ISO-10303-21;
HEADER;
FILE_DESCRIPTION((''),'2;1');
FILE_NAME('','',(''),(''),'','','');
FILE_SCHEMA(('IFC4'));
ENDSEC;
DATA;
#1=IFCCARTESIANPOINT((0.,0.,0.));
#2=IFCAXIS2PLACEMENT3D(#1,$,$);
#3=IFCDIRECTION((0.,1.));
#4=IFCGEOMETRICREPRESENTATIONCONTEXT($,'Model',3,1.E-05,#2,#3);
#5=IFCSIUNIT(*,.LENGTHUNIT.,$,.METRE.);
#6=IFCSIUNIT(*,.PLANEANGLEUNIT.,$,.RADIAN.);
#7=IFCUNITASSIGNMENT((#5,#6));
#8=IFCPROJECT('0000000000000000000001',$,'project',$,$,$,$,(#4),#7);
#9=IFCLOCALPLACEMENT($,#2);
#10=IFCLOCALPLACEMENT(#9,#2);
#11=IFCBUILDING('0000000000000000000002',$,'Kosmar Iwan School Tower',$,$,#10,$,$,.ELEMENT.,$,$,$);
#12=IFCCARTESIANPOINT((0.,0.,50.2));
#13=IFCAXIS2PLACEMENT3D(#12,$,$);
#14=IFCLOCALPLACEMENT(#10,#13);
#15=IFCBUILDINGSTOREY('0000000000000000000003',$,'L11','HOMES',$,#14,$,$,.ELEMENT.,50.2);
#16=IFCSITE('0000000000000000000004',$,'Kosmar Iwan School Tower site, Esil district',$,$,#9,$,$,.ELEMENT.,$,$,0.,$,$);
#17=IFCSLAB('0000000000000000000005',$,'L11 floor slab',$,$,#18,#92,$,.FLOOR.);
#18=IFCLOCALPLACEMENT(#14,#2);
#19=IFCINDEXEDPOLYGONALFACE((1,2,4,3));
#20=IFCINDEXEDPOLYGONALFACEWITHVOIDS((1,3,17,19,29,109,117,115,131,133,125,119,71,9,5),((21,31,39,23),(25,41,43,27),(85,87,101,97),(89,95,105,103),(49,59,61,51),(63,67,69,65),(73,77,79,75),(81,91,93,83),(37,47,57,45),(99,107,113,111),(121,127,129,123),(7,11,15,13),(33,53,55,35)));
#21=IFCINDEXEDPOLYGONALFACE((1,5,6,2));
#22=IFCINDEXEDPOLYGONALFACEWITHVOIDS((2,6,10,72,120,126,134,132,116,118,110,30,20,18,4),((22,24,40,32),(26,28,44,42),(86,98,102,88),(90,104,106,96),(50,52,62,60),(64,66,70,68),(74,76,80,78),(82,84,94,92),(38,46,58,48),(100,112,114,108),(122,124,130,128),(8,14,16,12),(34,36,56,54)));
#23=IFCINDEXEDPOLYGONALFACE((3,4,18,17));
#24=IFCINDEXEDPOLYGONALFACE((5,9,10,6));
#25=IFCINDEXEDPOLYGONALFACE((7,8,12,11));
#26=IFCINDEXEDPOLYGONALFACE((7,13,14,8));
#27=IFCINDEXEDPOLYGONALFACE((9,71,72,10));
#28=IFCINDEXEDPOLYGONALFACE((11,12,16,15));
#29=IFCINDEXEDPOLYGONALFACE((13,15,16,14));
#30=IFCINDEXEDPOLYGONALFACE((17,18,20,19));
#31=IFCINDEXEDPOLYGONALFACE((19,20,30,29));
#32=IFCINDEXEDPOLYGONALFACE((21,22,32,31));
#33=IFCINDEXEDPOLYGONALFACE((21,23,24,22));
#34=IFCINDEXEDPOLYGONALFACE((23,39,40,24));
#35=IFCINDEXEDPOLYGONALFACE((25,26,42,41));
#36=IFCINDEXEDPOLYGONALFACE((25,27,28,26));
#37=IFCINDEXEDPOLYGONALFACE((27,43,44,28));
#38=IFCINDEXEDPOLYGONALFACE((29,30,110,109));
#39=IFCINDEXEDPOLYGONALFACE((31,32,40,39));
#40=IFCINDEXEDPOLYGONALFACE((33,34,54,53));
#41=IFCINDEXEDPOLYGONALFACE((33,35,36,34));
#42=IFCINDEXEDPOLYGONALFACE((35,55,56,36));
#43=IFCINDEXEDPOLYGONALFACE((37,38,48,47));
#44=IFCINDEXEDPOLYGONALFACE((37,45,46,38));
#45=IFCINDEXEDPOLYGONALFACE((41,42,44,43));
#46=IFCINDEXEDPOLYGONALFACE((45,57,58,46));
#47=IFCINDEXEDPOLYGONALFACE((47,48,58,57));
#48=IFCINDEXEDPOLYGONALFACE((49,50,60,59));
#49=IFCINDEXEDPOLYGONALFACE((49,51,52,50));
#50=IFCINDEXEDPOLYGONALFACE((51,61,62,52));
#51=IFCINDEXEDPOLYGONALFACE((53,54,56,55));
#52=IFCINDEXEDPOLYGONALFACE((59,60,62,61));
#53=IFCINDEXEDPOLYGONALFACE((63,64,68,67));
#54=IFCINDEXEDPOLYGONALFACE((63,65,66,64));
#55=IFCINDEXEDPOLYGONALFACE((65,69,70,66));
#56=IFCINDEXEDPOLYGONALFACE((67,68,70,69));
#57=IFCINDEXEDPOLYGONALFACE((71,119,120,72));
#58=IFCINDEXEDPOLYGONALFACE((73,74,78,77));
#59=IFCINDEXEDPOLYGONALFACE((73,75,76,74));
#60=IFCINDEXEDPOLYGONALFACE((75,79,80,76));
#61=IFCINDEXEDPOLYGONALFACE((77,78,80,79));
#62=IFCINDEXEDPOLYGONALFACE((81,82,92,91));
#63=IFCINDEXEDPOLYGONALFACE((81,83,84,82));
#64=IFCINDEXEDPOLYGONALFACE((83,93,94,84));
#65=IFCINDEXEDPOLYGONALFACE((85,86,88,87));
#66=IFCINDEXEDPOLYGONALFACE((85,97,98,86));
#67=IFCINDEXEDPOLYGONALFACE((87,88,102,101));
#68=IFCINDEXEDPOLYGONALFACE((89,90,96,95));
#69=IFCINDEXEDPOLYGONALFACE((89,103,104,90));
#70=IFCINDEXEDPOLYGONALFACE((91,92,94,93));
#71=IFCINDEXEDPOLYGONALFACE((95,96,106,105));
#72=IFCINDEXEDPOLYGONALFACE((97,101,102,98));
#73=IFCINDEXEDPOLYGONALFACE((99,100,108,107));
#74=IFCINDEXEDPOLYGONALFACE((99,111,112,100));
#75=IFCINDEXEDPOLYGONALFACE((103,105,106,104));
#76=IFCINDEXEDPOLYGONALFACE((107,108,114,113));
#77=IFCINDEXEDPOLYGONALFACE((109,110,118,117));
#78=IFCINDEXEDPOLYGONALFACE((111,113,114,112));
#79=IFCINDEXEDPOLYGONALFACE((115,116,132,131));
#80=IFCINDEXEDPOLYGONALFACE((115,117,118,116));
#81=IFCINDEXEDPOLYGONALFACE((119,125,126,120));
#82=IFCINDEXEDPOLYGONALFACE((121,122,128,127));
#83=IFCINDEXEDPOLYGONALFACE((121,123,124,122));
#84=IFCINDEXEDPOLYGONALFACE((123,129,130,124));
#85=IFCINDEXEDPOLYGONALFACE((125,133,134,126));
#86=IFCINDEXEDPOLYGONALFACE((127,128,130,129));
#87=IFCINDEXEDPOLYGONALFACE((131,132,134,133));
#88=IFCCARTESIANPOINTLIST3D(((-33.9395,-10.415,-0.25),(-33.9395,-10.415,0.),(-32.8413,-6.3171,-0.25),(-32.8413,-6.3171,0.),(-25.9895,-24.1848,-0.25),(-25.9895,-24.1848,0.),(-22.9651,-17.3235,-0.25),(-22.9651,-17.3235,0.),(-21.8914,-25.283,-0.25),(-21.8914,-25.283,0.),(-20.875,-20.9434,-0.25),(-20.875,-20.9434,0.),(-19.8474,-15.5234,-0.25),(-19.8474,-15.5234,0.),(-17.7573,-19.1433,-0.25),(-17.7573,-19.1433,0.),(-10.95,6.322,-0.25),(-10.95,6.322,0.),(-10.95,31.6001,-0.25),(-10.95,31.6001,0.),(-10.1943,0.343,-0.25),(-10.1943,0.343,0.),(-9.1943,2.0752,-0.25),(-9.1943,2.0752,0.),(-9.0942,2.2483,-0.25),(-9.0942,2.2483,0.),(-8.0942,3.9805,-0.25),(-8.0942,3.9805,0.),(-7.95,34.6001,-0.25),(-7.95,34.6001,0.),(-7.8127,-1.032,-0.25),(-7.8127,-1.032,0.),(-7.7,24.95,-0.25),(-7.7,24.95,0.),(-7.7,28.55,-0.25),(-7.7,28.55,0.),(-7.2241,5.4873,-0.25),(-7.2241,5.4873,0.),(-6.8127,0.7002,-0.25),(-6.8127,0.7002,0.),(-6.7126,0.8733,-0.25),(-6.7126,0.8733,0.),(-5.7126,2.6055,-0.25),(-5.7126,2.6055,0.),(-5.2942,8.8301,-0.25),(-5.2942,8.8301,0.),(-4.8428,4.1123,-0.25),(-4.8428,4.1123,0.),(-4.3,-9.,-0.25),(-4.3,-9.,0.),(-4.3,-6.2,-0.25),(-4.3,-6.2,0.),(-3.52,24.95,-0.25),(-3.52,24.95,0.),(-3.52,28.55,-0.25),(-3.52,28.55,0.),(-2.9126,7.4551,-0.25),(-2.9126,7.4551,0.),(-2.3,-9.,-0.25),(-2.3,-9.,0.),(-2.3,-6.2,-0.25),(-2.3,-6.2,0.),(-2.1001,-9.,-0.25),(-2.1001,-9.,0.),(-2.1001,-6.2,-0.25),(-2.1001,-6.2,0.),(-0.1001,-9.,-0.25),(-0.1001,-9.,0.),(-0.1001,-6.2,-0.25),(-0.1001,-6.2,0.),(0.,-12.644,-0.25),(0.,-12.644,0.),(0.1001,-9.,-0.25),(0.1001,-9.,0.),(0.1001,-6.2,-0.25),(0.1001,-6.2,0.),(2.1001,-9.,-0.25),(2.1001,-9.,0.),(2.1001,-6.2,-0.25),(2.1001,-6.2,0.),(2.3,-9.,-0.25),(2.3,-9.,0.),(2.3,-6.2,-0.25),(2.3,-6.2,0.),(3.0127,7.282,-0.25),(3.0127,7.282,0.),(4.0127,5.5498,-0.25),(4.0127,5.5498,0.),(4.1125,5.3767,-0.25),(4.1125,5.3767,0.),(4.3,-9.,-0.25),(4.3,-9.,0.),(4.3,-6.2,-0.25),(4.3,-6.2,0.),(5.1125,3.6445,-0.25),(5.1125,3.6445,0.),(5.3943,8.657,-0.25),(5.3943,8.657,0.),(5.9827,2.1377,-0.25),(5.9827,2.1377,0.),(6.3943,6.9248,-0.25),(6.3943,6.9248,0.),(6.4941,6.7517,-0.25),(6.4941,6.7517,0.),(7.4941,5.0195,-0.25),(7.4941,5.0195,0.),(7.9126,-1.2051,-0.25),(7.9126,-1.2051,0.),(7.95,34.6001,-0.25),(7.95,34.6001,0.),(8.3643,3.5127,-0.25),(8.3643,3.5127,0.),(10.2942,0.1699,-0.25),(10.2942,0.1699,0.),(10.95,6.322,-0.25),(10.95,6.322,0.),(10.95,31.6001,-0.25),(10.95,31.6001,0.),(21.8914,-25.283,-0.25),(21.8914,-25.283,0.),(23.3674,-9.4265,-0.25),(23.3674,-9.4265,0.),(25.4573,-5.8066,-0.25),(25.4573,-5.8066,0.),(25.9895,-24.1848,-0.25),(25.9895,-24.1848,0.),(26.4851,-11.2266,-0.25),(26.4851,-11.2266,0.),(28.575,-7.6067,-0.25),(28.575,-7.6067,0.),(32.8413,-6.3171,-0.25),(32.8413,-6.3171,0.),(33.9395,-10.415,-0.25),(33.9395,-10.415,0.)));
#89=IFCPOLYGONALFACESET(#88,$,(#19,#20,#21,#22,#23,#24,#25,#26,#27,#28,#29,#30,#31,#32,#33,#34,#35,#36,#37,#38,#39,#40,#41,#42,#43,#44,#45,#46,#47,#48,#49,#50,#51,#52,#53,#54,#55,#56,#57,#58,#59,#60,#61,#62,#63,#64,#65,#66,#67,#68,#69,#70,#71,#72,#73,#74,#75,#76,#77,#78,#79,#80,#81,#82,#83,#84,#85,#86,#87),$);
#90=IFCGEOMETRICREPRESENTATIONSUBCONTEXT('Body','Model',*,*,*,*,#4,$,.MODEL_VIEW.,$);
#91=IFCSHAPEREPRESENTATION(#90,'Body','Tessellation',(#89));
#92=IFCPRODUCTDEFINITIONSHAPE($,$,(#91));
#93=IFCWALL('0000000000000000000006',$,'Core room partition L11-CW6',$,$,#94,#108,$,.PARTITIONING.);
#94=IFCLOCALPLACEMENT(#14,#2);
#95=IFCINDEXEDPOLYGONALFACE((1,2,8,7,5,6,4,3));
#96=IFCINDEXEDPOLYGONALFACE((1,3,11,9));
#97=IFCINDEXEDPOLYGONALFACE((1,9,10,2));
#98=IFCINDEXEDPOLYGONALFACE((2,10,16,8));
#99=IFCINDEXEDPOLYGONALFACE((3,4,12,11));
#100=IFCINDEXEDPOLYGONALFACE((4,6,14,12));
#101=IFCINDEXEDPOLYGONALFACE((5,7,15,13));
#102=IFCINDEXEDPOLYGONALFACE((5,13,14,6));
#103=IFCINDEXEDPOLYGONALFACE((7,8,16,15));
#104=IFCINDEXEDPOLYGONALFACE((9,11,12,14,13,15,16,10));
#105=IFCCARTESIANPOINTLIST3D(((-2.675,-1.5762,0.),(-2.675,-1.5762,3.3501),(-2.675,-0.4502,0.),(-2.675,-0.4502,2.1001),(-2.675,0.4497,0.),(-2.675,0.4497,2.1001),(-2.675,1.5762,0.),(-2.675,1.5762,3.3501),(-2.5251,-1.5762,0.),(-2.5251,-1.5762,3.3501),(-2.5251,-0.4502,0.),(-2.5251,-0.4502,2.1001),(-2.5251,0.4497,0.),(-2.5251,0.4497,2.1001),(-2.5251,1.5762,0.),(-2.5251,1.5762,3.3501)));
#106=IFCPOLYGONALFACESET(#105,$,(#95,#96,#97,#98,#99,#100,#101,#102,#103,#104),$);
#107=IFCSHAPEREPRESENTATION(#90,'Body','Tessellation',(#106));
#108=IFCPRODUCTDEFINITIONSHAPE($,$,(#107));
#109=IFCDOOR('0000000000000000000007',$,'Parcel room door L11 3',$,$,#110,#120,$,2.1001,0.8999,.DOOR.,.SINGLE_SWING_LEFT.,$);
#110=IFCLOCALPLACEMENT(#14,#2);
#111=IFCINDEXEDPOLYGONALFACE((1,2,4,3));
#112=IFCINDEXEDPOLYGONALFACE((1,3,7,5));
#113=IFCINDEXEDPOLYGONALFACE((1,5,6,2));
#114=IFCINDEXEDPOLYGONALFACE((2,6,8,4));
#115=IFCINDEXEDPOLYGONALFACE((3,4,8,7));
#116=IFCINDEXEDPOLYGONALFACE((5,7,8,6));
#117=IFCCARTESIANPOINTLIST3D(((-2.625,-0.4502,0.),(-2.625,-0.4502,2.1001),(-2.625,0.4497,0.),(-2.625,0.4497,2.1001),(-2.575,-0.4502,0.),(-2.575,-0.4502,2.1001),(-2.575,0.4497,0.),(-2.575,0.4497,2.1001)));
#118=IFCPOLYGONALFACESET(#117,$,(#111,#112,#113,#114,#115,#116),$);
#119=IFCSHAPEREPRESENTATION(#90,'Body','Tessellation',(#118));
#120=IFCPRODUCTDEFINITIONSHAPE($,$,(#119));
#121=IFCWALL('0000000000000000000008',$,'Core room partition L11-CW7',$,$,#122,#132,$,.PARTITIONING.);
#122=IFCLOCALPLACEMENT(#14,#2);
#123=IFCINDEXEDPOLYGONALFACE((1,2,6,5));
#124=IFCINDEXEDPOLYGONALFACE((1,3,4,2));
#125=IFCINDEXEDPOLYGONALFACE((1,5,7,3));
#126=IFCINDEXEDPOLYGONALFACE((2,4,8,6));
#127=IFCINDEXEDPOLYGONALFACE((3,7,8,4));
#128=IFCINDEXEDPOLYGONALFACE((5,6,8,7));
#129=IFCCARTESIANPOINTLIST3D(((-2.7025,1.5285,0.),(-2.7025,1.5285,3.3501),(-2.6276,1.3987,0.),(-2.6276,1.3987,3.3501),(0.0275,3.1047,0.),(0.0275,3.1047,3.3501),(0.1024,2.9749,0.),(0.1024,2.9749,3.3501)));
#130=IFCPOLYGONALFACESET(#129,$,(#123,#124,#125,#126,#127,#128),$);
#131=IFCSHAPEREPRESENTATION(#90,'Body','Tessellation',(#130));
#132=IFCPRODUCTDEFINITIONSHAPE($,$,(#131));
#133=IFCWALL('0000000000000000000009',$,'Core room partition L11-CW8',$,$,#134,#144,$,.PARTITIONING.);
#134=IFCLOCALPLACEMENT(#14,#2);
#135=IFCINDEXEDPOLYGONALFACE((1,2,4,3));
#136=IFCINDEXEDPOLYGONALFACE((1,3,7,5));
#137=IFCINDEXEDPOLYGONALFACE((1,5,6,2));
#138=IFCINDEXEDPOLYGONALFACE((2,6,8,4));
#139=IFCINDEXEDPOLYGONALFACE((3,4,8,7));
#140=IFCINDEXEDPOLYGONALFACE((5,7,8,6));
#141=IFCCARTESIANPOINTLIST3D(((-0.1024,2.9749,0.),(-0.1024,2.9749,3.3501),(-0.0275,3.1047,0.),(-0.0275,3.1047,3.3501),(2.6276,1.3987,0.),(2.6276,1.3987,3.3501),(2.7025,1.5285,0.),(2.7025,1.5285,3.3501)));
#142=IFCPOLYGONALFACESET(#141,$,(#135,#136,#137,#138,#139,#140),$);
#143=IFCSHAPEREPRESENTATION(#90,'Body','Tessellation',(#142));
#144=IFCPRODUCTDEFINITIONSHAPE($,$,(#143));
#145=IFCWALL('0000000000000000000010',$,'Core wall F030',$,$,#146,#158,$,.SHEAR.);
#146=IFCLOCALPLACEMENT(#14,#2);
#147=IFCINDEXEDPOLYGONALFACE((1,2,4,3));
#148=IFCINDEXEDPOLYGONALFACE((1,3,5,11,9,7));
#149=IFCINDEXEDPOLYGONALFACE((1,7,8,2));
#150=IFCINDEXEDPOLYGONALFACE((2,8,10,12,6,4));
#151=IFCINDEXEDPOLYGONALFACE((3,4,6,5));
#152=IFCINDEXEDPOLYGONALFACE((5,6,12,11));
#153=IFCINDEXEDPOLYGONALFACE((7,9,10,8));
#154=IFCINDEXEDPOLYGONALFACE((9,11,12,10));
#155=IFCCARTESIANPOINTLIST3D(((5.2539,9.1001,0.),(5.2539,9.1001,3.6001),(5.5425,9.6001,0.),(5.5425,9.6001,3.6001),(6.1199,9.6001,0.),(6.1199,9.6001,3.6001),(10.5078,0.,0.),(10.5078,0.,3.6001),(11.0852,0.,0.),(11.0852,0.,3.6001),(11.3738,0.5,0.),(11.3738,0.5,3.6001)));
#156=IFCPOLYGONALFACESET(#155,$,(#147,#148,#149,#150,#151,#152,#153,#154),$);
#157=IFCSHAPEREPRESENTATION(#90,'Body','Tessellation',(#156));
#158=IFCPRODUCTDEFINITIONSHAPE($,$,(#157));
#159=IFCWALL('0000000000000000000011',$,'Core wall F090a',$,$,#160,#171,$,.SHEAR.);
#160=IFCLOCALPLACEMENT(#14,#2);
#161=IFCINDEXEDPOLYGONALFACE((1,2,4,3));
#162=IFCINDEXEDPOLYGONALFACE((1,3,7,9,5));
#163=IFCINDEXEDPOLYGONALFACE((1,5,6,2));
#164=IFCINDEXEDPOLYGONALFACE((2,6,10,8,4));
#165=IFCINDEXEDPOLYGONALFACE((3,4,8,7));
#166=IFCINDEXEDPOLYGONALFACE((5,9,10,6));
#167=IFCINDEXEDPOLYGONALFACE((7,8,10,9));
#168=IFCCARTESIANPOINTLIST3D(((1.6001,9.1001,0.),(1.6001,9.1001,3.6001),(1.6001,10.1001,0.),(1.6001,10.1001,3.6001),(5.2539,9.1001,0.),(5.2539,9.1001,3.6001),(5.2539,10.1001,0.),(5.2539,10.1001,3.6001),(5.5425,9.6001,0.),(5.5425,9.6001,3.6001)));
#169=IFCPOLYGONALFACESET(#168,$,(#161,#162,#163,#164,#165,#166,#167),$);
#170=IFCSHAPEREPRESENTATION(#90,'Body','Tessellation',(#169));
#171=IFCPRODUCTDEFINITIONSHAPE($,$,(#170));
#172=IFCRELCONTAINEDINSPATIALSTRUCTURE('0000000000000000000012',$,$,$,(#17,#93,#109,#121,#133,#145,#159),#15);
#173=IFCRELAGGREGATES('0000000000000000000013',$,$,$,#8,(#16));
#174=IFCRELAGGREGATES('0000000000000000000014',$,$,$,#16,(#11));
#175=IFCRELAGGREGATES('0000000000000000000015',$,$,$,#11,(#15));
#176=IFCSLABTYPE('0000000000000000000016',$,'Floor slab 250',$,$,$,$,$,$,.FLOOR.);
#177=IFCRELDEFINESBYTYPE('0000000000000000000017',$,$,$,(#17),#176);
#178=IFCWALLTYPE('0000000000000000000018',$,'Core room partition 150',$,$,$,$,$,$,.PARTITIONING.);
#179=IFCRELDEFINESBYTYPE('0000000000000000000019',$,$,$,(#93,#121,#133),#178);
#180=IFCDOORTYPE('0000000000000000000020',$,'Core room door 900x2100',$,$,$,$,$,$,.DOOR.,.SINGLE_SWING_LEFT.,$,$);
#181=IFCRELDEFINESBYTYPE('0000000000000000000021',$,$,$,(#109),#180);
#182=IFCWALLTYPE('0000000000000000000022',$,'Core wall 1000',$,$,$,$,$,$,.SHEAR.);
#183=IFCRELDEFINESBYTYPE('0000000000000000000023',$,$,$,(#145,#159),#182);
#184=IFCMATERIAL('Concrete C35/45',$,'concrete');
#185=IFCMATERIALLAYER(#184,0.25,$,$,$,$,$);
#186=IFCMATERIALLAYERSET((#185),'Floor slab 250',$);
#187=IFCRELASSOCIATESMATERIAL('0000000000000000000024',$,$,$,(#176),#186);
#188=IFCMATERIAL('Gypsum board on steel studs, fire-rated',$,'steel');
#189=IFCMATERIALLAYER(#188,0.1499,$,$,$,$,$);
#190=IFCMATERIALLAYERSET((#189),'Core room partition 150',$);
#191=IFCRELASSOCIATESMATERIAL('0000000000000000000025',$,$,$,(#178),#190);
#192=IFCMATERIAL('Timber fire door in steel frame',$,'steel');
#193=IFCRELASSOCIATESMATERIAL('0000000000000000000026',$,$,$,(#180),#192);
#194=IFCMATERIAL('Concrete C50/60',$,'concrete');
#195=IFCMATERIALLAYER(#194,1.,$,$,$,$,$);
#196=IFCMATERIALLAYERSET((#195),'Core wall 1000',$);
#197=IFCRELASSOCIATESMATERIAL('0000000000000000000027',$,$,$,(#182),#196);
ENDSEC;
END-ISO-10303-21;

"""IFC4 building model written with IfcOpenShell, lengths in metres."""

from ifc_helpers import new_model, si_unit, direction, frame, frame_2d, origin, place, context, subcontext, project, spatial, polyline, rectangle, outline, extrude, material, layer, layer_set, type_object, element, fill, save


model = new_model("IFC4")

# Units and contexts
model_context = context("Model", 3, precision=1e-05, world=origin(), true_north=direction((0.0, 1.0)))
body_context = subcontext(model_context, "Body", "Model", "MODEL_VIEW")
ifc_project = project(units=[si_unit("LENGTHUNIT", "METRE"), si_unit("PLANEANGLEUNIT", "RADIAN")], contexts=[model_context])

# Site, building, storey
site_placement = place(None, origin())
site = spatial("IfcSite", under=ifc_project, at=site_placement, Name="Kosmar Iwan School Tower site, Esil district", CompositionType="ELEMENT", RefElevation=0.0)
building_placement = place(site_placement, origin())
building = spatial("IfcBuilding", under=site, at=building_placement, Name="Kosmar Iwan School Tower", CompositionType="ELEMENT")
storey_placement = place(building_placement, frame((0.0, 0.0, 50.2)))
storey = spatial("IfcBuildingStorey", under=building, at=storey_placement, Name="L11", Description="HOMES", CompositionType="ELEMENT", Elevation=50.2)

# Slab
ifc_material_1 = material(Name="Concrete C35/45", Category="concrete")
ifc_layer_1 = layer(ifc_material_1, 0.25)
ifc_layer_set_1 = layer_set([ifc_layer_1], Name="Floor slab 250")
slab_type = type_object("IfcSlabType", Name="Floor slab 250", PredefinedType="FLOOR", material=ifc_layer_set_1)
slab_placement = place(storey_placement, frame((0.0, 0.0, -0.25)))
element("IfcSlab", 1, at=slab_placement, inside=storey, type_object=slab_type, Name="L11 floor slab", PredefinedType="FLOOR", context=body_context, shape_type="SweptSolid", body=[
    extrude(outline(polyline([(-21.8914, -25.283), (0.0, -12.644), (21.8914, -25.283), (25.9895, -24.1848), (33.9395, -10.415), (32.8413, -6.3171), (10.95, 6.322), (10.95, 31.6001), (7.95, 34.6001), (-7.95, 34.6001), (-10.95, 31.6001), (-10.95, 6.322), (-32.8413, -6.3171), (-33.9395, -10.415), (-25.9895, -24.1848), (-21.8914, -25.283)]), holes=[polyline([(7.9126, -1.2051), (10.2942, 0.1699), (8.3643, 3.5127), (5.9827, 2.1377), (7.9126, -1.2051)]), polyline([(-2.9126, 7.4551), (-5.2942, 8.8301), (-7.2241, 5.4873), (-4.8428, 4.1123), (-2.9126, 7.4551)]), polyline([(-5.7126, 2.6055), (-8.0942, 3.9805), (-9.0942, 2.2483), (-6.7126, 0.8733), (-5.7126, 2.6055)]), polyline([(-6.8127, 0.7002), (-9.1943, 2.0752), (-10.1943, 0.343), (-7.8127, -1.032), (-6.8127, 0.7002)]), polyline([(5.1125, 3.6445), (7.4941, 5.0195), (6.4941, 6.7517), (4.1125, 5.3767), (5.1125, 3.6445)]), polyline([(4.0127, 5.5498), (6.3943, 6.9248), (5.3943, 8.657), (3.0127, 7.282), (4.0127, 5.5498)]), polyline([(-4.3, -6.2), (-4.3, -9.0), (-2.3, -9.0), (-2.3, -6.2), (-4.3, -6.2)]), polyline([(-2.1001, -6.2), (-2.1001, -9.0), (-0.1001, -9.0), (-0.1001, -6.2), (-2.1001, -6.2)]), polyline([(0.1001, -6.2), (0.1001, -9.0), (2.1001, -9.0), (2.1001, -6.2), (0.1001, -6.2)]), polyline([(2.3, -6.2), (2.3, -9.0), (4.3, -9.0), (4.3, -6.2), (2.3, -6.2)]), polyline([(-3.52, 24.95), (-3.52, 28.55), (-7.7, 28.55), (-7.7, 24.95), (-3.52, 24.95)]), polyline([(-19.8474, -15.5234), (-22.9651, -17.3235), (-20.875, -20.9434), (-17.7573, -19.1433), (-19.8474, -15.5234)]), polyline([(23.3674, -9.4265), (26.4851, -11.2266), (28.575, -7.6067), (25.4573, -5.8066), (23.3674, -9.4265)])]), origin(), (0.0, 0.0, 1.0), 0.25),
])

# Wall, opening, door
ifc_material_2 = material(Name="Gypsum board on steel studs, fire-rated", Category="steel")
ifc_layer_2 = layer(ifc_material_2, 0.1499)
ifc_layer_set_2 = layer_set([ifc_layer_2], Name="Core room partition 150")
wall_type_1 = type_object("IfcWallType", Name="Core room partition 150", PredefinedType="PARTITIONING", material=ifc_layer_set_2)
wall_1_placement = place(storey_placement, frame((-2.6001, -1.5762, 0.0), z_axis=(0.0, 0.0, 1.0), x_axis=(0.0, 1.0, 0.0)))
wall_1 = element("IfcWall", 2, at=wall_1_placement, inside=storey, type_object=wall_type_1, Name="Core room partition L11-CW6", PredefinedType="PARTITIONING", context=body_context, shape_type="SweptSolid", body=[
    extrude(rectangle(XDim=3.1523, YDim=0.1499, at=frame_2d((1.5762, 0.0))), origin(), (0.0, 0.0, 1.0), 3.3501),
])
opening_placement = place(wall_1_placement, frame((1.126, 0.0, 0.0)))
opening = element("IfcOpeningElement", 3, at=opening_placement, cuts=wall_1, PredefinedType="OPENING", context=body_context, shape_type="SweptSolid", body=[
    extrude(rectangle(XDim=0.8999, YDim=2.1001, at=frame_2d((0.45, 1.05))), frame((0.0, 0.0869, 0.0), z_axis=(0.0, -1.0, 0.0), x_axis=(1.0, 0.0, 0.0)), (0.0, 0.0, 1.0), 0.1738),
])
ifc_material_3 = material(Name="Timber fire door in steel frame", Category="steel")
door_type = type_object("IfcDoorType", Name="Core room door 900x2100", OperationType="SINGLE_SWING_LEFT", PredefinedType="DOOR", material=ifc_material_3)
door_placement = place(opening_placement, origin())
door = element("IfcDoor", 4, at=door_placement, inside=storey, type_object=door_type, Name="Parcel room door L11 3", OperationType="SINGLE_SWING_LEFT", OverallHeight=2.1001, OverallWidth=0.8999, PredefinedType="DOOR", context=body_context, shape_type="SweptSolid", body=[
    extrude(rectangle(XDim=0.8999, YDim=2.1001, at=frame_2d((0.45, 1.05))), frame((0.0, 0.0249, 0.0), z_axis=(0.0, -1.0, 0.0), x_axis=(1.0, 0.0, 0.0)), (0.0, 0.0, 1.0), 0.05),
])
fill(opening, door)

# Walls
for number, where, z_axis, x_axis, name in (
    (5, (-2.665, 1.4636, 0.0), (0.0, 0.0, 1.0), (0.866023, 0.500004, 0.0), "Core room partition L11-CW7"),
    (6, (-0.0649, 3.0398, 0.0), (0.0, 0.0, 1.0), (0.866023, -0.500004, 0.0), "Core room partition L11-CW8"),
):
    element("IfcWall", number, at=place(storey_placement, frame(where, z_axis=z_axis, x_axis=x_axis)), inside=storey, type_object=wall_type_1, Name=name, PredefinedType="PARTITIONING", context=body_context, shape_type="SweptSolid", body=[
        extrude(rectangle(XDim=3.1523, YDim=0.1499, at=frame_2d((1.5762, 0.0))), origin(), (0.0, 0.0, 1.0), 3.3501),
    ])
ifc_material_4 = material(Name="Concrete C50/60", Category="concrete")
ifc_layer_3 = layer(ifc_material_4, 1.0)
ifc_layer_set_3 = layer_set([ifc_layer_3], Name="Core wall 1000")
wall_type_2 = type_object("IfcWallType", Name="Core wall 1000", PredefinedType="SHEAR", material=ifc_layer_set_3)
wall_2_placement = place(storey_placement, origin())
element("IfcWall", 7, at=wall_2_placement, inside=storey, type_object=wall_type_2, Name="Core wall F030", PredefinedType="SHEAR", context=body_context, shape_type="SweptSolid", body=[
    extrude(outline(polyline([(10.5078, 0.0), (11.0852, 0.0), (11.3738, 0.5), (6.1199, 9.6001), (5.5425, 9.6001), (5.2539, 9.1001), (10.5078, 0.0)])), origin(), (0.0, 0.0, 1.0), 3.6001),
])
wall_3_placement = place(storey_placement, origin())
element("IfcWall", 8, at=wall_3_placement, inside=storey, type_object=wall_type_2, Name="Core wall F090a", PredefinedType="SHEAR", context=body_context, shape_type="SweptSolid", body=[
    extrude(outline(polyline([(1.6001, 9.1001), (5.2539, 9.1001), (5.5425, 9.6001), (5.2539, 10.1001), (1.6001, 10.1001), (1.6001, 9.1001)])), origin(), (0.0, 0.0, 1.0), 3.6001),
])

save(model, "model.ifc")
